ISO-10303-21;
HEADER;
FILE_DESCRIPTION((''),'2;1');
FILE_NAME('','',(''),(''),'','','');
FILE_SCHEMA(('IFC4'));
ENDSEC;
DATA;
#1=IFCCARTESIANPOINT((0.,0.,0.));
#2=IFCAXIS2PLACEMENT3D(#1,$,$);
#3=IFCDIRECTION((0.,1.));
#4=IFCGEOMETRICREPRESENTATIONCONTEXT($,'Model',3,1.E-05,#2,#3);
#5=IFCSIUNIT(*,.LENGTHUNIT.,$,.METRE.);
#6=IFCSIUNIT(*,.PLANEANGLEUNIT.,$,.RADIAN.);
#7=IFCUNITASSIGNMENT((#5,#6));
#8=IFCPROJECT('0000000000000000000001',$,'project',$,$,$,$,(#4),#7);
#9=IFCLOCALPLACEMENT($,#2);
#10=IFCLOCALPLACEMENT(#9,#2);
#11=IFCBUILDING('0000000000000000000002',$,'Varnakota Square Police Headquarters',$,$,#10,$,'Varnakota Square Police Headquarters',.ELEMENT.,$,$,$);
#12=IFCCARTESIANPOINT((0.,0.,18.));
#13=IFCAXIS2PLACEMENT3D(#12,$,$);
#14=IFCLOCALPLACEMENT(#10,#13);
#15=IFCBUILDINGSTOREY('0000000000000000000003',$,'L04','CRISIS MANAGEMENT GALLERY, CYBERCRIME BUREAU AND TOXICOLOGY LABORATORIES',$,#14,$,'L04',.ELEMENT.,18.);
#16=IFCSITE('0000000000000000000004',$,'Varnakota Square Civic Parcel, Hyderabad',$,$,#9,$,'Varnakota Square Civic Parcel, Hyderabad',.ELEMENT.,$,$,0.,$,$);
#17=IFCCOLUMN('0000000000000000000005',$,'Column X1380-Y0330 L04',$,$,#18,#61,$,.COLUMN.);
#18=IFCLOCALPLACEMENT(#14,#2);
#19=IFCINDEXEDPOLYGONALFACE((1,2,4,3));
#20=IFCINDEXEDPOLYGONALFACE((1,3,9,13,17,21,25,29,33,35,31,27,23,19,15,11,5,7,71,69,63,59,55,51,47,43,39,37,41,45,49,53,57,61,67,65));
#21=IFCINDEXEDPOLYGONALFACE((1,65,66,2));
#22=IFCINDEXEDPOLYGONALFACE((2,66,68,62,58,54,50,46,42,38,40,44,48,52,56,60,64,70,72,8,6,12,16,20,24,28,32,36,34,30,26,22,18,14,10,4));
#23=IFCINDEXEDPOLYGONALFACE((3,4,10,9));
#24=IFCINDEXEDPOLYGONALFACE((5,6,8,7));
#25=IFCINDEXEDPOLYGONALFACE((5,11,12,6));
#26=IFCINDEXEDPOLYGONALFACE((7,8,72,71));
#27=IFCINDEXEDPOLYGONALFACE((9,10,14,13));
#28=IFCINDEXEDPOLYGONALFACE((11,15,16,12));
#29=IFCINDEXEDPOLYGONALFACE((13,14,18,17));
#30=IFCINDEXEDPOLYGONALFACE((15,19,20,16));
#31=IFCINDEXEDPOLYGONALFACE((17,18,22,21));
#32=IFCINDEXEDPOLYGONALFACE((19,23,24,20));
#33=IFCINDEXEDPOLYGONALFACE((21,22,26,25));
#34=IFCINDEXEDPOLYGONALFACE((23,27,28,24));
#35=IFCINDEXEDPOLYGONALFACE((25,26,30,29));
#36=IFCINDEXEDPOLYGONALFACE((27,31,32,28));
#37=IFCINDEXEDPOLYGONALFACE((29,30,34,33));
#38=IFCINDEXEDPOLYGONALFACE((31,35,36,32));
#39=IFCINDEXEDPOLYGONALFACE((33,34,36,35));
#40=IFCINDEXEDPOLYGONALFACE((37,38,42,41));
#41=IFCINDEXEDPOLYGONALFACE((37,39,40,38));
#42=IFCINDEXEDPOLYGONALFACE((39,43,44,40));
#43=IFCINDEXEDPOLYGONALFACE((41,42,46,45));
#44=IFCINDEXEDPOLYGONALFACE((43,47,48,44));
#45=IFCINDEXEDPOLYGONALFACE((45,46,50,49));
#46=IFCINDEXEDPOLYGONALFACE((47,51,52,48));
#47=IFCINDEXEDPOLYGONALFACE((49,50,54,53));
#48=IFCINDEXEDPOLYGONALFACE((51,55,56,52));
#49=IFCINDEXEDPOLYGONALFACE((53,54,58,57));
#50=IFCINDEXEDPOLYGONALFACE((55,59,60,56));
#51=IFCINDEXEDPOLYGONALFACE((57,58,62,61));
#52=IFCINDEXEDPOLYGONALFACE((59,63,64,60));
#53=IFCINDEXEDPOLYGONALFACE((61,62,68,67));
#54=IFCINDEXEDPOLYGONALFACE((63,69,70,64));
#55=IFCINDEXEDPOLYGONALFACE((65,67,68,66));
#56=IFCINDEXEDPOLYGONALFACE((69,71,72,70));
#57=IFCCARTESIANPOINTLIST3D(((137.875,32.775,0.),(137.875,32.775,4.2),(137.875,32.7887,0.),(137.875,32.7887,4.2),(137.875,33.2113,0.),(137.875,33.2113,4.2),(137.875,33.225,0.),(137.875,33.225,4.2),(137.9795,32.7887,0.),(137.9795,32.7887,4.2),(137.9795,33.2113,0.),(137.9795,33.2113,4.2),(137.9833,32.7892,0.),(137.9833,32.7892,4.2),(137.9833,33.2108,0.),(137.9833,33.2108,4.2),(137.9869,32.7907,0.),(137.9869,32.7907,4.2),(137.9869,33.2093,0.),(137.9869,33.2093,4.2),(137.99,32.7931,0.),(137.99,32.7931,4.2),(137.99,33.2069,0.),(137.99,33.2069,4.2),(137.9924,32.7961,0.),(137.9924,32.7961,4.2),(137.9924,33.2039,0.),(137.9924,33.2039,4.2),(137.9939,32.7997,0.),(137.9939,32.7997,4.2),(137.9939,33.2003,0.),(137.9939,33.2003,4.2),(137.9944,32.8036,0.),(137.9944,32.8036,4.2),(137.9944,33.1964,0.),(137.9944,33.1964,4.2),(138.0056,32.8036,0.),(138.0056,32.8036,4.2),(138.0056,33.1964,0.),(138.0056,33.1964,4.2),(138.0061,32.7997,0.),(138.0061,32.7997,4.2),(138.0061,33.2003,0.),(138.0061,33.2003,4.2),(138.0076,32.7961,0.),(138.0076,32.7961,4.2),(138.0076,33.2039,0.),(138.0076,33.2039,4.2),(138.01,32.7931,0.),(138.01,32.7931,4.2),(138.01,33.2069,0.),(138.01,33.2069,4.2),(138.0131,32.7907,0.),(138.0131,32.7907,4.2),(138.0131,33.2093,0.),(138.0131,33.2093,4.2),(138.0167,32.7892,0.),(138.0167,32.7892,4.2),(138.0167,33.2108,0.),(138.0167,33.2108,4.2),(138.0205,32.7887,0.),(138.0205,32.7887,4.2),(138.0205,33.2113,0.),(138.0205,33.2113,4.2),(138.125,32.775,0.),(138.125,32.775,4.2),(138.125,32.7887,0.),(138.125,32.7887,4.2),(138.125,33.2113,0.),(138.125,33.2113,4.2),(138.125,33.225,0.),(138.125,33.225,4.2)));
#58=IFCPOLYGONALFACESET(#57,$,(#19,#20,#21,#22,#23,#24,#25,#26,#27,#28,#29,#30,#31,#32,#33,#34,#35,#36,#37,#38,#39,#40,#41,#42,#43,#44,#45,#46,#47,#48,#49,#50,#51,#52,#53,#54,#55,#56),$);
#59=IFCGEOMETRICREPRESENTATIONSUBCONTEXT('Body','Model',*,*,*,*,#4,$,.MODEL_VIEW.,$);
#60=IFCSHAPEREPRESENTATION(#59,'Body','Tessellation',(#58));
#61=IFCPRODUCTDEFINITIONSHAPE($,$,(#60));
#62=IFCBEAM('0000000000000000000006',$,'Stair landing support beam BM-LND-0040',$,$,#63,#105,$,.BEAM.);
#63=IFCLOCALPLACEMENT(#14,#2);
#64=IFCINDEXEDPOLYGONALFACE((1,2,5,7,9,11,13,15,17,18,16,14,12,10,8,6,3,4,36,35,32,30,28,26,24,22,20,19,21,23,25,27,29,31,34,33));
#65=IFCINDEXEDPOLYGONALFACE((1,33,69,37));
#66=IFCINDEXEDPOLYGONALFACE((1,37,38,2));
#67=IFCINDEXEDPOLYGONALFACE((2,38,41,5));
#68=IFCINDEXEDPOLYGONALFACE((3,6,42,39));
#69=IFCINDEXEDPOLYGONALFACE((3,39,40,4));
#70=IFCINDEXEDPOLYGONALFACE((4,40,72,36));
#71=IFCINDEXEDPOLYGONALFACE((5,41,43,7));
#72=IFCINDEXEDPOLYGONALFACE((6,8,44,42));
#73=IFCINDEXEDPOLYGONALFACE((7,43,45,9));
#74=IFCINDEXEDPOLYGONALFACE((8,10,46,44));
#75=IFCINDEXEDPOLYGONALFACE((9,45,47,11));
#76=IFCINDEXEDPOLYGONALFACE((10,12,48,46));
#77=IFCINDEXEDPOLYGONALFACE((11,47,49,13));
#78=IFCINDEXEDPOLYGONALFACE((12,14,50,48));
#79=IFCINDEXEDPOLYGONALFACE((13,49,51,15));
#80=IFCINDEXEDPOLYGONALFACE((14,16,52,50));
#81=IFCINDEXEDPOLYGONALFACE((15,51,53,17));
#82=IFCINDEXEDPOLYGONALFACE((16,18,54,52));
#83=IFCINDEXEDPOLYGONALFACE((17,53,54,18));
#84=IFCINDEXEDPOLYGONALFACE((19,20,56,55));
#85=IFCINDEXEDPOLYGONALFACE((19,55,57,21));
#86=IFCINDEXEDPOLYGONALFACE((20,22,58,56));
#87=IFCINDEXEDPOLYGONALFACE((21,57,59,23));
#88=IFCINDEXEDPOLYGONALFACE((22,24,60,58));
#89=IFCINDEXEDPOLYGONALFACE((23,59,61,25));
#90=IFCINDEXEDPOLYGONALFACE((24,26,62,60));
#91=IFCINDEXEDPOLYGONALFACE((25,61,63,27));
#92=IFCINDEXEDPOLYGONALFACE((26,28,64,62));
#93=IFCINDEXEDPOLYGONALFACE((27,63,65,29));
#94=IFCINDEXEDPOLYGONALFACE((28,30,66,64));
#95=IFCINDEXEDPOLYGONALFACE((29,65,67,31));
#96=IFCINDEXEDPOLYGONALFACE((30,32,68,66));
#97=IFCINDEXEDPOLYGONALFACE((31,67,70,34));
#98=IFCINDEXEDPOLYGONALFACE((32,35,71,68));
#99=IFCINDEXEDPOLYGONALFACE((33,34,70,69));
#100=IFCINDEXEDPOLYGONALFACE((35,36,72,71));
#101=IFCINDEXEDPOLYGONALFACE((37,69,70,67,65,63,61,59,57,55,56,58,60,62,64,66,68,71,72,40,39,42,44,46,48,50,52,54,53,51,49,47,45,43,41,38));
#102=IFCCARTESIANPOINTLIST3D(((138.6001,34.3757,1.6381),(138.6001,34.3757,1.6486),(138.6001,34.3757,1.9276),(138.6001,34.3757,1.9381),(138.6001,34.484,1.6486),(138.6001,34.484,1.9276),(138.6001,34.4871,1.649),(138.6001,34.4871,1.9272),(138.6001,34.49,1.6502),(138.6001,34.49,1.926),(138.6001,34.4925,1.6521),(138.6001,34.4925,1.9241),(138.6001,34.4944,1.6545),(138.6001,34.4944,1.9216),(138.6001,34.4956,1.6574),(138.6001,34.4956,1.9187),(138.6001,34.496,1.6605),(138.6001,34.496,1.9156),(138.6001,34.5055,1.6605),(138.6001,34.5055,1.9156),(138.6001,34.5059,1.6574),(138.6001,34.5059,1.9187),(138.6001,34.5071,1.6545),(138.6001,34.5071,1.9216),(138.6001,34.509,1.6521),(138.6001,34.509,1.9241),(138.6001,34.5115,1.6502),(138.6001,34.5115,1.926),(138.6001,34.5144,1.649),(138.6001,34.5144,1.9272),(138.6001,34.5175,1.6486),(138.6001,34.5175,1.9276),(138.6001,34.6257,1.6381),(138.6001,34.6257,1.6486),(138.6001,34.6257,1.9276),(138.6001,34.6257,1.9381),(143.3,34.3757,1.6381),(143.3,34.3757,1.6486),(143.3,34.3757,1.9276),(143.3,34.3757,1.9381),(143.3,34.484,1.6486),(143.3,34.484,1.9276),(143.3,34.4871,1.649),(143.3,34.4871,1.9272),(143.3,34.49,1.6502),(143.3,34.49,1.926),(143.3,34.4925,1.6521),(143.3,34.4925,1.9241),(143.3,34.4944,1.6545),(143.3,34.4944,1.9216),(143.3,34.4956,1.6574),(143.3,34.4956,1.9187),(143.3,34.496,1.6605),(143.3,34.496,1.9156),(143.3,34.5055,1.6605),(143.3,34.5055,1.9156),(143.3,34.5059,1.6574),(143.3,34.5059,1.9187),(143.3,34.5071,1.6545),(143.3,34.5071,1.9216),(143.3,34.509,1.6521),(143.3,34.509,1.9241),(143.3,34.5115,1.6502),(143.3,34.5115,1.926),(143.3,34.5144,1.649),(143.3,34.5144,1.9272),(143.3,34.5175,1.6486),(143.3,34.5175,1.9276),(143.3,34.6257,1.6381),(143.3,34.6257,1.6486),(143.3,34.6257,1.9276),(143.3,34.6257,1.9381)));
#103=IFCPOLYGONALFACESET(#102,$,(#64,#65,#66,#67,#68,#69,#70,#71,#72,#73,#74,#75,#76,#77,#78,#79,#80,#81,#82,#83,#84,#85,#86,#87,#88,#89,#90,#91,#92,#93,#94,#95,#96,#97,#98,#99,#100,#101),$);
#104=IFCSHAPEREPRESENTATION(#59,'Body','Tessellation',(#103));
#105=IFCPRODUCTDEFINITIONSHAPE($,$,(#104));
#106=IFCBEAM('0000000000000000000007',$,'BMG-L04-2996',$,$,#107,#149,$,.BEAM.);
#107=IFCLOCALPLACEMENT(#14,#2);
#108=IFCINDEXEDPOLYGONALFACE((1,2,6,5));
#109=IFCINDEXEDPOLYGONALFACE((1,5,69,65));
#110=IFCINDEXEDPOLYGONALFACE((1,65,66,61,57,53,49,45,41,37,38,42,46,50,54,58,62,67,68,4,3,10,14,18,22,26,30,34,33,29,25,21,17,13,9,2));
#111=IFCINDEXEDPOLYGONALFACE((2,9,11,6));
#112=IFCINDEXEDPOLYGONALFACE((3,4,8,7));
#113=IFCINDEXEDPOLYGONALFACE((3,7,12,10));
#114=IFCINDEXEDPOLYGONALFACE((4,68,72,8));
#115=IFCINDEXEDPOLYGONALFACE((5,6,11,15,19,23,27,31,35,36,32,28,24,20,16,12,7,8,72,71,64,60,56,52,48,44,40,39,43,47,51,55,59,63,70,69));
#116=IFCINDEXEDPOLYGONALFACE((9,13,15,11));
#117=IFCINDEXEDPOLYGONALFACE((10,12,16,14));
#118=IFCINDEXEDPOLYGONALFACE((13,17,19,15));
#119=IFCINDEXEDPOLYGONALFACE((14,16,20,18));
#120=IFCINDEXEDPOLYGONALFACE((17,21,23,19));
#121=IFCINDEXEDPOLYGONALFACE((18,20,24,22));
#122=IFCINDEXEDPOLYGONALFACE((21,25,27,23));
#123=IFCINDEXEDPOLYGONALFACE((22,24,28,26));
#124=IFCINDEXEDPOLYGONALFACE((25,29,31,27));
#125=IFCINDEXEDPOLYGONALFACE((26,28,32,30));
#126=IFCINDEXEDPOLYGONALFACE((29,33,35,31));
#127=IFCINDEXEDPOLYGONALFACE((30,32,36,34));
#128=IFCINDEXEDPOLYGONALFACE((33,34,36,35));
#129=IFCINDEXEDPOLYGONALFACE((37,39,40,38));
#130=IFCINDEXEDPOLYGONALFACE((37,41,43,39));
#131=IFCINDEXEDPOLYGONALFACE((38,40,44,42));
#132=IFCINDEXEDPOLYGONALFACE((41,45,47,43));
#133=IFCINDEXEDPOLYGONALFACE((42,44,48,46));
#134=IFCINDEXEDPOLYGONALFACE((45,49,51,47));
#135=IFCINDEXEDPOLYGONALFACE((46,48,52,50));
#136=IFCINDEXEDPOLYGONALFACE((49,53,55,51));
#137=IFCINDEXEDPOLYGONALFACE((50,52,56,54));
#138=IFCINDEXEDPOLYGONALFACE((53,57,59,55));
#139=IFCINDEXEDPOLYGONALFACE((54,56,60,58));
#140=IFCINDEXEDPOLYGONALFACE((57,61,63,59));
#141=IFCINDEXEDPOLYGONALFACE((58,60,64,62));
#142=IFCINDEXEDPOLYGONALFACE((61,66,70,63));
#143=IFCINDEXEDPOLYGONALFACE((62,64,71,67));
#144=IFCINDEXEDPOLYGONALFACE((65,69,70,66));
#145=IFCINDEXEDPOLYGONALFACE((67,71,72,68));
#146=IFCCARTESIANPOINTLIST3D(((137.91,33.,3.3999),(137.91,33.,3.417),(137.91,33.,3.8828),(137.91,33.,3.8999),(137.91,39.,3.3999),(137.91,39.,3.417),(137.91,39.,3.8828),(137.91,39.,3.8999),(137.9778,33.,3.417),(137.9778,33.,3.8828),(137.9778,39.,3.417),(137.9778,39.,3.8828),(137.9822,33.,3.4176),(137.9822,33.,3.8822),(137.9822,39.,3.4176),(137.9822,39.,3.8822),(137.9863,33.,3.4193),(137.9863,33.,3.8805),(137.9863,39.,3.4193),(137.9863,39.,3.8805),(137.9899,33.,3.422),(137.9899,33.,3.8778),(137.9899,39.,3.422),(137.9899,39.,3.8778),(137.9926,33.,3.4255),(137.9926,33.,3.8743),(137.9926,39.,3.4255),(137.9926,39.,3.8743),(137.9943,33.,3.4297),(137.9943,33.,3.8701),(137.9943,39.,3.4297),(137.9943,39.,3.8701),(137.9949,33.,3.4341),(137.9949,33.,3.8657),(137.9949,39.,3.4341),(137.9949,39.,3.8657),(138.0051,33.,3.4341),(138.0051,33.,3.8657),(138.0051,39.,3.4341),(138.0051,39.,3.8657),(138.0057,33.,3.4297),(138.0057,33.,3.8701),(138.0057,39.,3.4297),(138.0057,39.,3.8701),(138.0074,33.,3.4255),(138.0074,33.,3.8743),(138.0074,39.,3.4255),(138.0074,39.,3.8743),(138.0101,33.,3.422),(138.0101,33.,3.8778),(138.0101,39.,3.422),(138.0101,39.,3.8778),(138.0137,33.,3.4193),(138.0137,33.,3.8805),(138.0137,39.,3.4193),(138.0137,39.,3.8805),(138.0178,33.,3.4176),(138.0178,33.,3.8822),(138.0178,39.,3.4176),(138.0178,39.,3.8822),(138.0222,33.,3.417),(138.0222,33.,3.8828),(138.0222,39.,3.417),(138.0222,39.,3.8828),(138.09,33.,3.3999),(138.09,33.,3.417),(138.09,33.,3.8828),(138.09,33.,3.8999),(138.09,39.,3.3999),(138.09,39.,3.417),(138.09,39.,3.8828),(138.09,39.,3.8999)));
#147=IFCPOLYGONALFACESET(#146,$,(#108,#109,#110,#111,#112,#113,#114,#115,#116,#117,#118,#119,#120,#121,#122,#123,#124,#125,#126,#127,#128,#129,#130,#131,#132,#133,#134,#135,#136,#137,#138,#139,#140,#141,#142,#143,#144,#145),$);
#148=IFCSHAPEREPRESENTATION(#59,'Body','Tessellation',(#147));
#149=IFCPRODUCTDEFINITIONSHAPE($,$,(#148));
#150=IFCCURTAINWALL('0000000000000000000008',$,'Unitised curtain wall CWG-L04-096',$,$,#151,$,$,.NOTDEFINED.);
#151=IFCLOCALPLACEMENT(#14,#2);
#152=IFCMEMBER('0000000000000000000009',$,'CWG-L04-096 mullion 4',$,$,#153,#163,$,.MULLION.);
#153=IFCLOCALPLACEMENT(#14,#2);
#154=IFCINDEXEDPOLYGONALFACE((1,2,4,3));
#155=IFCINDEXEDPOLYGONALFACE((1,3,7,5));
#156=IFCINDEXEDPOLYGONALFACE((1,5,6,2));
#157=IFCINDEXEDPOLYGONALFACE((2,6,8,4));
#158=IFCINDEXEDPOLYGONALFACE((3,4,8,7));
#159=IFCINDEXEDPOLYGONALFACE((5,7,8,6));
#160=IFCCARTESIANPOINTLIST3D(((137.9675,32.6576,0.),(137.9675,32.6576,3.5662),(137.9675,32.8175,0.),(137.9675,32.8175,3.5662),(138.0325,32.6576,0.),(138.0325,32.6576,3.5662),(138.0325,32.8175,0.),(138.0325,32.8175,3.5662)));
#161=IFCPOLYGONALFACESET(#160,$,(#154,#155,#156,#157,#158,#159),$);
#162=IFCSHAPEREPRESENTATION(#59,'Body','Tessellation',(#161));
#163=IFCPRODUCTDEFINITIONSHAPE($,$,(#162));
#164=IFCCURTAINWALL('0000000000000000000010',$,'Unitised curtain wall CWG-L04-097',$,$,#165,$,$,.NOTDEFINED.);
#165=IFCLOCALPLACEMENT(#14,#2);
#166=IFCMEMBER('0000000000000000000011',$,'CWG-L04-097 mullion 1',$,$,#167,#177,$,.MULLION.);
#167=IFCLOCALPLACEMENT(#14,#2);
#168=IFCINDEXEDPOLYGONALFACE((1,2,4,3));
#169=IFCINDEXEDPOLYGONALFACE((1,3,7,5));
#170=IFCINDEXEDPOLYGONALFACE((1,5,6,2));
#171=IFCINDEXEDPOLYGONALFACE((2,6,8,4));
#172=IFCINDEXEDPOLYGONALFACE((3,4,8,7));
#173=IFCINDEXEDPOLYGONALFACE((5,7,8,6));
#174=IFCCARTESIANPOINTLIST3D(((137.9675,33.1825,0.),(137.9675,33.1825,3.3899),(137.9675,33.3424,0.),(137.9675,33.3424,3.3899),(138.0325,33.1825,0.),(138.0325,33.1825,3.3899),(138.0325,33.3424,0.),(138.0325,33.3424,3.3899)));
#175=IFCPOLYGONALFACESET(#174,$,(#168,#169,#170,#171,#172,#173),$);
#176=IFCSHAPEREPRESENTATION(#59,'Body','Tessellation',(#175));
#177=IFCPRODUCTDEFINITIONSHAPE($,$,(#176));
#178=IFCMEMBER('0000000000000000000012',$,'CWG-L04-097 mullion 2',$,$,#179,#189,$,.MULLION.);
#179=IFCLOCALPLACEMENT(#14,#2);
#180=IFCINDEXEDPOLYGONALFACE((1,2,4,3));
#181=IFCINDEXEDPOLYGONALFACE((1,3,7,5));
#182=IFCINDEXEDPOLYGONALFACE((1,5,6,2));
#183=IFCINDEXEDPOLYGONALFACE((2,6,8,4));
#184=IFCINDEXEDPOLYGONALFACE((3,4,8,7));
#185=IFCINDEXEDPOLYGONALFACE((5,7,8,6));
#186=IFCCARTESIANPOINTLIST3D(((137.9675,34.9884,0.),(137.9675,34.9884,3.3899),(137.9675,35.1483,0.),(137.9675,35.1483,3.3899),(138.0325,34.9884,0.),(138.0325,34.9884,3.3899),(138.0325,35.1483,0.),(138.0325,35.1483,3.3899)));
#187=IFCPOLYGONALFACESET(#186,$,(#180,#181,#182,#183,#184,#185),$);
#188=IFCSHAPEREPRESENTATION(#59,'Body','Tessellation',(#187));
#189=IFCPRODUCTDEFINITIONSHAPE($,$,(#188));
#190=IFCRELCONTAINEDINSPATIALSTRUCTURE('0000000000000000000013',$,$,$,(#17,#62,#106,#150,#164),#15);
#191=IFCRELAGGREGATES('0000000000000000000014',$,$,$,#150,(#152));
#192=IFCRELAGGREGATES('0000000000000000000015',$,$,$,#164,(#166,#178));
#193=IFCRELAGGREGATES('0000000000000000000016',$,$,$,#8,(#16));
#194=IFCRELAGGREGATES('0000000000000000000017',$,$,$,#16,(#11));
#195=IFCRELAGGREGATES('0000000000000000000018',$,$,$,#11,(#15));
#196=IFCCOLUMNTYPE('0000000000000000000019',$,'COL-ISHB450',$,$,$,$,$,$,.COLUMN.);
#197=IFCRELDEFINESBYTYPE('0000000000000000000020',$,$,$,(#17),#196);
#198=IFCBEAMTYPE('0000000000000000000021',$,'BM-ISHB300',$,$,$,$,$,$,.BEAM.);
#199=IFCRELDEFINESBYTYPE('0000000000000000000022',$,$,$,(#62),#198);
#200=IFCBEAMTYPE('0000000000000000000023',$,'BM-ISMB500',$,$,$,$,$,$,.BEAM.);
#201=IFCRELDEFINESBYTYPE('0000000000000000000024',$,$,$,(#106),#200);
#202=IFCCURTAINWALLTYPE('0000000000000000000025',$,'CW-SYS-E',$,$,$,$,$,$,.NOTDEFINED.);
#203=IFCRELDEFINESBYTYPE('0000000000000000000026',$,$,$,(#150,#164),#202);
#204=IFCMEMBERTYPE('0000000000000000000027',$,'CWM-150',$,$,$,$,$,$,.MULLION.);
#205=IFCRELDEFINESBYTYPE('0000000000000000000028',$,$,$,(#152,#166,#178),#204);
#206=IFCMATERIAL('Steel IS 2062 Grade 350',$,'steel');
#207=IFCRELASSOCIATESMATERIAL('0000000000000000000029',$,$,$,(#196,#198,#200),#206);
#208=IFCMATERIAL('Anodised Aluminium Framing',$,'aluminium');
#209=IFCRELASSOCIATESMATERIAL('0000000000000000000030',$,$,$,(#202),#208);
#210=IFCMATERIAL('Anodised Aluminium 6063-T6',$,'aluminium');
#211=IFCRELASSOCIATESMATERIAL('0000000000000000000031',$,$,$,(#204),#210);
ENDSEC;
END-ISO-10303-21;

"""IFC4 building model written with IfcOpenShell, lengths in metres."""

from ifc_helpers import new_model, si_unit, direction, frame, origin, origin_2d, place, context, subcontext, project, spatial, rectangle, i_section, extrude, material, material_profile, profile_set, type_object, element, aggregate, save


model = new_model("IFC4")

# Units and contexts
model_context = context("Model", 3, precision=1e-05, world=origin(), true_north=direction((0.0, 1.0)))
body_context = subcontext(model_context, "Body", "Model", "MODEL_VIEW")
ifc_project = project(units=[si_unit("LENGTHUNIT", "METRE"), si_unit("PLANEANGLEUNIT", "RADIAN")], contexts=[model_context])

# Site, building, storey
site_placement = place(None, origin())
site = spatial("IfcSite", under=ifc_project, at=site_placement, Name="Varnakota Square Civic Parcel, Hyderabad", LongName="Varnakota Square Civic Parcel, Hyderabad", CompositionType="ELEMENT", RefElevation=0.0)
building_placement = place(site_placement, origin())
building = spatial("IfcBuilding", under=site, at=building_placement, Name="Varnakota Square Police Headquarters", LongName="Varnakota Square Police Headquarters", CompositionType="ELEMENT")
storey_placement = place(building_placement, frame((0.0, 0.0, 18.0)))
storey = spatial("IfcBuildingStorey", under=building, at=storey_placement, Name="L04", Description="CRISIS MANAGEMENT GALLERY, CYBERCRIME BUREAU AND TOXICOLOGY LABORATORIES", LongName="L04", CompositionType="ELEMENT", Elevation=18.0)

# Column
ifc_material_1 = material(Name="Steel IS 2062 Grade 350", Category="steel")
ifc_material_profile_1 = material_profile(ifc_material_1, i_section(OverallWidth=0.25, OverallDepth=0.45, WebThickness=0.0112, FlangeThickness=0.0137, FilletRadius=0.0149, at=origin_2d()), Name="ISHB 450")
ifc_profile_set_1 = profile_set([ifc_material_profile_1], Name="Steel IS 2062 Grade 350")
column_type = type_object("IfcColumnType", Name="COL-ISHB450", PredefinedType="COLUMN", material=ifc_profile_set_1)
column_placement = place(storey_placement, frame((138.0, 33.0, 0.0), z_axis=(0.0, 0.0, 1.0), x_axis=(1.0, 0.0, 0.0)))
element("IfcColumn", 1, at=column_placement, inside=storey, type_object=column_type, Name="Column X1380-Y0330 L04", PredefinedType="COLUMN", context=body_context, shape_type="SweptSolid", body=[
    extrude(i_section(OverallWidth=0.25, OverallDepth=0.45, WebThickness=0.0112, FlangeThickness=0.0137, FilletRadius=0.0149, at=origin_2d()), origin(), (0.0, 0.0, 1.0), 4.2),
])

# Beams
ifc_material_profile_2 = material_profile(ifc_material_1, i_section(OverallWidth=0.25, OverallDepth=0.3, WebThickness=0.0095, FlangeThickness=0.0105, FilletRadius=0.012, at=origin_2d()), Name="ISHB 300")
ifc_profile_set_2 = profile_set([ifc_material_profile_2], Name="Steel IS 2062 Grade 350")
beam_type_1 = type_object("IfcBeamType", Name="BM-ISHB300", PredefinedType="BEAM", material=ifc_profile_set_2)
beam_1_placement = place(storey_placement, frame((138.6001, 34.5007, 1.7881), z_axis=(1.0, 0.0, 0.0), x_axis=(0.0, 1.0, 0.0)))
element("IfcBeam", 2, at=beam_1_placement, inside=storey, type_object=beam_type_1, Name="Stair landing support beam BM-LND-0040", PredefinedType="BEAM", context=body_context, shape_type="SweptSolid", body=[
    extrude(i_section(OverallWidth=0.25, OverallDepth=0.3, WebThickness=0.0095, FlangeThickness=0.0105, FilletRadius=0.012, at=origin_2d()), origin(), (0.0, 0.0, 1.0), 4.7),
])
ifc_material_profile_3 = material_profile(ifc_material_1, i_section(OverallWidth=0.1799, OverallDepth=0.5, WebThickness=0.0103, FlangeThickness=0.0171, FilletRadius=0.0171, at=origin_2d()), Name="ISMB 500")
ifc_profile_set_3 = profile_set([ifc_material_profile_3], Name="Steel IS 2062 Grade 350")
beam_type_2 = type_object("IfcBeamType", Name="BM-ISMB500", PredefinedType="BEAM", material=ifc_profile_set_3)
beam_2_placement = place(storey_placement, frame((138.0, 33.0, 3.6499), z_axis=(0.0, 1.0, 0.0), x_axis=(-1.0, 0.0, 0.0)))
element("IfcBeam", 3, at=beam_2_placement, inside=storey, type_object=beam_type_2, Name="BMG-L04-2996", PredefinedType="BEAM", context=body_context, shape_type="SweptSolid", body=[
    extrude(i_section(OverallWidth=0.1799, OverallDepth=0.5, WebThickness=0.0103, FlangeThickness=0.0171, FilletRadius=0.0171, at=origin_2d()), origin(), (0.0, 0.0, 1.0), 6.0),
])

# Curtain wall, member
ifc_material_2 = material(Name="Anodised Aluminium Framing", Category="aluminium")
curtain_wall_type = type_object("IfcCurtainWallType", Name="CW-SYS-E", PredefinedType="NOTDEFINED", material=ifc_material_2)
curtain_wall_1_placement = place(storey_placement, origin())
curtain_wall_1 = element("IfcCurtainWall", 4, at=curtain_wall_1_placement, inside=storey, type_object=curtain_wall_type, Name="Unitised curtain wall CWG-L04-096", PredefinedType="NOTDEFINED")
ifc_material_3 = material(Name="Anodised Aluminium 6063-T6", Category="aluminium")
ifc_material_profile_4 = material_profile(ifc_material_3, rectangle(XDim=0.0649, YDim=0.1599, at=origin_2d()), Name="ALU MULLION 65x160")
ifc_profile_set_4 = profile_set([ifc_material_profile_4], Name="Anodised Aluminium 6063-T6")
member_type_1 = type_object("IfcMemberType", Name="CWM-150", PredefinedType="MULLION", material=ifc_profile_set_4)
member_1_placement = place(storey_placement, frame((138.0, 32.7375, 0.0), z_axis=(0.0, 0.0, 1.0), x_axis=(-1.0, 0.0, 0.0)))
member_1 = element("IfcMember", 5, at=member_1_placement, type_object=member_type_1, Name="CWG-L04-096 mullion 4", PredefinedType="MULLION", context=body_context, shape_type="SweptSolid", body=[
    extrude(rectangle(XDim=0.0649, YDim=0.1599, at=origin_2d()), origin(), (0.0, 0.0, 1.0), 3.5662),
])
aggregate(curtain_wall_1, [member_1])

# Curtain wall, members
curtain_wall_2_placement = place(storey_placement, origin())
curtain_wall_2 = element("IfcCurtainWall", 6, at=curtain_wall_2_placement, inside=storey, type_object=curtain_wall_type, Name="Unitised curtain wall CWG-L04-097", PredefinedType="NOTDEFINED")
member_2_placement = place(storey_placement, frame((138.0, 33.2625, 0.0), z_axis=(0.0, 0.0, 1.0), x_axis=(-1.0, 0.0, 0.0)))
member_2 = element("IfcMember", 7, at=member_2_placement, type_object=member_type_1, Name="CWG-L04-097 mullion 1", PredefinedType="MULLION", context=body_context, shape_type="SweptSolid", body=[
    extrude(rectangle(XDim=0.0649, YDim=0.1599, at=origin_2d()), origin(), (0.0, 0.0, 1.0), 3.3899),
])
member_3_placement = place(storey_placement, frame((138.0, 35.0684, 0.0), z_axis=(0.0, 0.0, 1.0), x_axis=(-1.0, 0.0, 0.0)))
member_3 = element("IfcMember", 8, at=member_3_placement, type_object=member_type_1, Name="CWG-L04-097 mullion 2", PredefinedType="MULLION", context=body_context, shape_type="SweptSolid", body=[
    extrude(rectangle(XDim=0.0649, YDim=0.1599, at=origin_2d()), origin(), (0.0, 0.0, 1.0), 3.3899),
])
aggregate(curtain_wall_2, [member_2, member_3])

save(model, "model.ifc")
